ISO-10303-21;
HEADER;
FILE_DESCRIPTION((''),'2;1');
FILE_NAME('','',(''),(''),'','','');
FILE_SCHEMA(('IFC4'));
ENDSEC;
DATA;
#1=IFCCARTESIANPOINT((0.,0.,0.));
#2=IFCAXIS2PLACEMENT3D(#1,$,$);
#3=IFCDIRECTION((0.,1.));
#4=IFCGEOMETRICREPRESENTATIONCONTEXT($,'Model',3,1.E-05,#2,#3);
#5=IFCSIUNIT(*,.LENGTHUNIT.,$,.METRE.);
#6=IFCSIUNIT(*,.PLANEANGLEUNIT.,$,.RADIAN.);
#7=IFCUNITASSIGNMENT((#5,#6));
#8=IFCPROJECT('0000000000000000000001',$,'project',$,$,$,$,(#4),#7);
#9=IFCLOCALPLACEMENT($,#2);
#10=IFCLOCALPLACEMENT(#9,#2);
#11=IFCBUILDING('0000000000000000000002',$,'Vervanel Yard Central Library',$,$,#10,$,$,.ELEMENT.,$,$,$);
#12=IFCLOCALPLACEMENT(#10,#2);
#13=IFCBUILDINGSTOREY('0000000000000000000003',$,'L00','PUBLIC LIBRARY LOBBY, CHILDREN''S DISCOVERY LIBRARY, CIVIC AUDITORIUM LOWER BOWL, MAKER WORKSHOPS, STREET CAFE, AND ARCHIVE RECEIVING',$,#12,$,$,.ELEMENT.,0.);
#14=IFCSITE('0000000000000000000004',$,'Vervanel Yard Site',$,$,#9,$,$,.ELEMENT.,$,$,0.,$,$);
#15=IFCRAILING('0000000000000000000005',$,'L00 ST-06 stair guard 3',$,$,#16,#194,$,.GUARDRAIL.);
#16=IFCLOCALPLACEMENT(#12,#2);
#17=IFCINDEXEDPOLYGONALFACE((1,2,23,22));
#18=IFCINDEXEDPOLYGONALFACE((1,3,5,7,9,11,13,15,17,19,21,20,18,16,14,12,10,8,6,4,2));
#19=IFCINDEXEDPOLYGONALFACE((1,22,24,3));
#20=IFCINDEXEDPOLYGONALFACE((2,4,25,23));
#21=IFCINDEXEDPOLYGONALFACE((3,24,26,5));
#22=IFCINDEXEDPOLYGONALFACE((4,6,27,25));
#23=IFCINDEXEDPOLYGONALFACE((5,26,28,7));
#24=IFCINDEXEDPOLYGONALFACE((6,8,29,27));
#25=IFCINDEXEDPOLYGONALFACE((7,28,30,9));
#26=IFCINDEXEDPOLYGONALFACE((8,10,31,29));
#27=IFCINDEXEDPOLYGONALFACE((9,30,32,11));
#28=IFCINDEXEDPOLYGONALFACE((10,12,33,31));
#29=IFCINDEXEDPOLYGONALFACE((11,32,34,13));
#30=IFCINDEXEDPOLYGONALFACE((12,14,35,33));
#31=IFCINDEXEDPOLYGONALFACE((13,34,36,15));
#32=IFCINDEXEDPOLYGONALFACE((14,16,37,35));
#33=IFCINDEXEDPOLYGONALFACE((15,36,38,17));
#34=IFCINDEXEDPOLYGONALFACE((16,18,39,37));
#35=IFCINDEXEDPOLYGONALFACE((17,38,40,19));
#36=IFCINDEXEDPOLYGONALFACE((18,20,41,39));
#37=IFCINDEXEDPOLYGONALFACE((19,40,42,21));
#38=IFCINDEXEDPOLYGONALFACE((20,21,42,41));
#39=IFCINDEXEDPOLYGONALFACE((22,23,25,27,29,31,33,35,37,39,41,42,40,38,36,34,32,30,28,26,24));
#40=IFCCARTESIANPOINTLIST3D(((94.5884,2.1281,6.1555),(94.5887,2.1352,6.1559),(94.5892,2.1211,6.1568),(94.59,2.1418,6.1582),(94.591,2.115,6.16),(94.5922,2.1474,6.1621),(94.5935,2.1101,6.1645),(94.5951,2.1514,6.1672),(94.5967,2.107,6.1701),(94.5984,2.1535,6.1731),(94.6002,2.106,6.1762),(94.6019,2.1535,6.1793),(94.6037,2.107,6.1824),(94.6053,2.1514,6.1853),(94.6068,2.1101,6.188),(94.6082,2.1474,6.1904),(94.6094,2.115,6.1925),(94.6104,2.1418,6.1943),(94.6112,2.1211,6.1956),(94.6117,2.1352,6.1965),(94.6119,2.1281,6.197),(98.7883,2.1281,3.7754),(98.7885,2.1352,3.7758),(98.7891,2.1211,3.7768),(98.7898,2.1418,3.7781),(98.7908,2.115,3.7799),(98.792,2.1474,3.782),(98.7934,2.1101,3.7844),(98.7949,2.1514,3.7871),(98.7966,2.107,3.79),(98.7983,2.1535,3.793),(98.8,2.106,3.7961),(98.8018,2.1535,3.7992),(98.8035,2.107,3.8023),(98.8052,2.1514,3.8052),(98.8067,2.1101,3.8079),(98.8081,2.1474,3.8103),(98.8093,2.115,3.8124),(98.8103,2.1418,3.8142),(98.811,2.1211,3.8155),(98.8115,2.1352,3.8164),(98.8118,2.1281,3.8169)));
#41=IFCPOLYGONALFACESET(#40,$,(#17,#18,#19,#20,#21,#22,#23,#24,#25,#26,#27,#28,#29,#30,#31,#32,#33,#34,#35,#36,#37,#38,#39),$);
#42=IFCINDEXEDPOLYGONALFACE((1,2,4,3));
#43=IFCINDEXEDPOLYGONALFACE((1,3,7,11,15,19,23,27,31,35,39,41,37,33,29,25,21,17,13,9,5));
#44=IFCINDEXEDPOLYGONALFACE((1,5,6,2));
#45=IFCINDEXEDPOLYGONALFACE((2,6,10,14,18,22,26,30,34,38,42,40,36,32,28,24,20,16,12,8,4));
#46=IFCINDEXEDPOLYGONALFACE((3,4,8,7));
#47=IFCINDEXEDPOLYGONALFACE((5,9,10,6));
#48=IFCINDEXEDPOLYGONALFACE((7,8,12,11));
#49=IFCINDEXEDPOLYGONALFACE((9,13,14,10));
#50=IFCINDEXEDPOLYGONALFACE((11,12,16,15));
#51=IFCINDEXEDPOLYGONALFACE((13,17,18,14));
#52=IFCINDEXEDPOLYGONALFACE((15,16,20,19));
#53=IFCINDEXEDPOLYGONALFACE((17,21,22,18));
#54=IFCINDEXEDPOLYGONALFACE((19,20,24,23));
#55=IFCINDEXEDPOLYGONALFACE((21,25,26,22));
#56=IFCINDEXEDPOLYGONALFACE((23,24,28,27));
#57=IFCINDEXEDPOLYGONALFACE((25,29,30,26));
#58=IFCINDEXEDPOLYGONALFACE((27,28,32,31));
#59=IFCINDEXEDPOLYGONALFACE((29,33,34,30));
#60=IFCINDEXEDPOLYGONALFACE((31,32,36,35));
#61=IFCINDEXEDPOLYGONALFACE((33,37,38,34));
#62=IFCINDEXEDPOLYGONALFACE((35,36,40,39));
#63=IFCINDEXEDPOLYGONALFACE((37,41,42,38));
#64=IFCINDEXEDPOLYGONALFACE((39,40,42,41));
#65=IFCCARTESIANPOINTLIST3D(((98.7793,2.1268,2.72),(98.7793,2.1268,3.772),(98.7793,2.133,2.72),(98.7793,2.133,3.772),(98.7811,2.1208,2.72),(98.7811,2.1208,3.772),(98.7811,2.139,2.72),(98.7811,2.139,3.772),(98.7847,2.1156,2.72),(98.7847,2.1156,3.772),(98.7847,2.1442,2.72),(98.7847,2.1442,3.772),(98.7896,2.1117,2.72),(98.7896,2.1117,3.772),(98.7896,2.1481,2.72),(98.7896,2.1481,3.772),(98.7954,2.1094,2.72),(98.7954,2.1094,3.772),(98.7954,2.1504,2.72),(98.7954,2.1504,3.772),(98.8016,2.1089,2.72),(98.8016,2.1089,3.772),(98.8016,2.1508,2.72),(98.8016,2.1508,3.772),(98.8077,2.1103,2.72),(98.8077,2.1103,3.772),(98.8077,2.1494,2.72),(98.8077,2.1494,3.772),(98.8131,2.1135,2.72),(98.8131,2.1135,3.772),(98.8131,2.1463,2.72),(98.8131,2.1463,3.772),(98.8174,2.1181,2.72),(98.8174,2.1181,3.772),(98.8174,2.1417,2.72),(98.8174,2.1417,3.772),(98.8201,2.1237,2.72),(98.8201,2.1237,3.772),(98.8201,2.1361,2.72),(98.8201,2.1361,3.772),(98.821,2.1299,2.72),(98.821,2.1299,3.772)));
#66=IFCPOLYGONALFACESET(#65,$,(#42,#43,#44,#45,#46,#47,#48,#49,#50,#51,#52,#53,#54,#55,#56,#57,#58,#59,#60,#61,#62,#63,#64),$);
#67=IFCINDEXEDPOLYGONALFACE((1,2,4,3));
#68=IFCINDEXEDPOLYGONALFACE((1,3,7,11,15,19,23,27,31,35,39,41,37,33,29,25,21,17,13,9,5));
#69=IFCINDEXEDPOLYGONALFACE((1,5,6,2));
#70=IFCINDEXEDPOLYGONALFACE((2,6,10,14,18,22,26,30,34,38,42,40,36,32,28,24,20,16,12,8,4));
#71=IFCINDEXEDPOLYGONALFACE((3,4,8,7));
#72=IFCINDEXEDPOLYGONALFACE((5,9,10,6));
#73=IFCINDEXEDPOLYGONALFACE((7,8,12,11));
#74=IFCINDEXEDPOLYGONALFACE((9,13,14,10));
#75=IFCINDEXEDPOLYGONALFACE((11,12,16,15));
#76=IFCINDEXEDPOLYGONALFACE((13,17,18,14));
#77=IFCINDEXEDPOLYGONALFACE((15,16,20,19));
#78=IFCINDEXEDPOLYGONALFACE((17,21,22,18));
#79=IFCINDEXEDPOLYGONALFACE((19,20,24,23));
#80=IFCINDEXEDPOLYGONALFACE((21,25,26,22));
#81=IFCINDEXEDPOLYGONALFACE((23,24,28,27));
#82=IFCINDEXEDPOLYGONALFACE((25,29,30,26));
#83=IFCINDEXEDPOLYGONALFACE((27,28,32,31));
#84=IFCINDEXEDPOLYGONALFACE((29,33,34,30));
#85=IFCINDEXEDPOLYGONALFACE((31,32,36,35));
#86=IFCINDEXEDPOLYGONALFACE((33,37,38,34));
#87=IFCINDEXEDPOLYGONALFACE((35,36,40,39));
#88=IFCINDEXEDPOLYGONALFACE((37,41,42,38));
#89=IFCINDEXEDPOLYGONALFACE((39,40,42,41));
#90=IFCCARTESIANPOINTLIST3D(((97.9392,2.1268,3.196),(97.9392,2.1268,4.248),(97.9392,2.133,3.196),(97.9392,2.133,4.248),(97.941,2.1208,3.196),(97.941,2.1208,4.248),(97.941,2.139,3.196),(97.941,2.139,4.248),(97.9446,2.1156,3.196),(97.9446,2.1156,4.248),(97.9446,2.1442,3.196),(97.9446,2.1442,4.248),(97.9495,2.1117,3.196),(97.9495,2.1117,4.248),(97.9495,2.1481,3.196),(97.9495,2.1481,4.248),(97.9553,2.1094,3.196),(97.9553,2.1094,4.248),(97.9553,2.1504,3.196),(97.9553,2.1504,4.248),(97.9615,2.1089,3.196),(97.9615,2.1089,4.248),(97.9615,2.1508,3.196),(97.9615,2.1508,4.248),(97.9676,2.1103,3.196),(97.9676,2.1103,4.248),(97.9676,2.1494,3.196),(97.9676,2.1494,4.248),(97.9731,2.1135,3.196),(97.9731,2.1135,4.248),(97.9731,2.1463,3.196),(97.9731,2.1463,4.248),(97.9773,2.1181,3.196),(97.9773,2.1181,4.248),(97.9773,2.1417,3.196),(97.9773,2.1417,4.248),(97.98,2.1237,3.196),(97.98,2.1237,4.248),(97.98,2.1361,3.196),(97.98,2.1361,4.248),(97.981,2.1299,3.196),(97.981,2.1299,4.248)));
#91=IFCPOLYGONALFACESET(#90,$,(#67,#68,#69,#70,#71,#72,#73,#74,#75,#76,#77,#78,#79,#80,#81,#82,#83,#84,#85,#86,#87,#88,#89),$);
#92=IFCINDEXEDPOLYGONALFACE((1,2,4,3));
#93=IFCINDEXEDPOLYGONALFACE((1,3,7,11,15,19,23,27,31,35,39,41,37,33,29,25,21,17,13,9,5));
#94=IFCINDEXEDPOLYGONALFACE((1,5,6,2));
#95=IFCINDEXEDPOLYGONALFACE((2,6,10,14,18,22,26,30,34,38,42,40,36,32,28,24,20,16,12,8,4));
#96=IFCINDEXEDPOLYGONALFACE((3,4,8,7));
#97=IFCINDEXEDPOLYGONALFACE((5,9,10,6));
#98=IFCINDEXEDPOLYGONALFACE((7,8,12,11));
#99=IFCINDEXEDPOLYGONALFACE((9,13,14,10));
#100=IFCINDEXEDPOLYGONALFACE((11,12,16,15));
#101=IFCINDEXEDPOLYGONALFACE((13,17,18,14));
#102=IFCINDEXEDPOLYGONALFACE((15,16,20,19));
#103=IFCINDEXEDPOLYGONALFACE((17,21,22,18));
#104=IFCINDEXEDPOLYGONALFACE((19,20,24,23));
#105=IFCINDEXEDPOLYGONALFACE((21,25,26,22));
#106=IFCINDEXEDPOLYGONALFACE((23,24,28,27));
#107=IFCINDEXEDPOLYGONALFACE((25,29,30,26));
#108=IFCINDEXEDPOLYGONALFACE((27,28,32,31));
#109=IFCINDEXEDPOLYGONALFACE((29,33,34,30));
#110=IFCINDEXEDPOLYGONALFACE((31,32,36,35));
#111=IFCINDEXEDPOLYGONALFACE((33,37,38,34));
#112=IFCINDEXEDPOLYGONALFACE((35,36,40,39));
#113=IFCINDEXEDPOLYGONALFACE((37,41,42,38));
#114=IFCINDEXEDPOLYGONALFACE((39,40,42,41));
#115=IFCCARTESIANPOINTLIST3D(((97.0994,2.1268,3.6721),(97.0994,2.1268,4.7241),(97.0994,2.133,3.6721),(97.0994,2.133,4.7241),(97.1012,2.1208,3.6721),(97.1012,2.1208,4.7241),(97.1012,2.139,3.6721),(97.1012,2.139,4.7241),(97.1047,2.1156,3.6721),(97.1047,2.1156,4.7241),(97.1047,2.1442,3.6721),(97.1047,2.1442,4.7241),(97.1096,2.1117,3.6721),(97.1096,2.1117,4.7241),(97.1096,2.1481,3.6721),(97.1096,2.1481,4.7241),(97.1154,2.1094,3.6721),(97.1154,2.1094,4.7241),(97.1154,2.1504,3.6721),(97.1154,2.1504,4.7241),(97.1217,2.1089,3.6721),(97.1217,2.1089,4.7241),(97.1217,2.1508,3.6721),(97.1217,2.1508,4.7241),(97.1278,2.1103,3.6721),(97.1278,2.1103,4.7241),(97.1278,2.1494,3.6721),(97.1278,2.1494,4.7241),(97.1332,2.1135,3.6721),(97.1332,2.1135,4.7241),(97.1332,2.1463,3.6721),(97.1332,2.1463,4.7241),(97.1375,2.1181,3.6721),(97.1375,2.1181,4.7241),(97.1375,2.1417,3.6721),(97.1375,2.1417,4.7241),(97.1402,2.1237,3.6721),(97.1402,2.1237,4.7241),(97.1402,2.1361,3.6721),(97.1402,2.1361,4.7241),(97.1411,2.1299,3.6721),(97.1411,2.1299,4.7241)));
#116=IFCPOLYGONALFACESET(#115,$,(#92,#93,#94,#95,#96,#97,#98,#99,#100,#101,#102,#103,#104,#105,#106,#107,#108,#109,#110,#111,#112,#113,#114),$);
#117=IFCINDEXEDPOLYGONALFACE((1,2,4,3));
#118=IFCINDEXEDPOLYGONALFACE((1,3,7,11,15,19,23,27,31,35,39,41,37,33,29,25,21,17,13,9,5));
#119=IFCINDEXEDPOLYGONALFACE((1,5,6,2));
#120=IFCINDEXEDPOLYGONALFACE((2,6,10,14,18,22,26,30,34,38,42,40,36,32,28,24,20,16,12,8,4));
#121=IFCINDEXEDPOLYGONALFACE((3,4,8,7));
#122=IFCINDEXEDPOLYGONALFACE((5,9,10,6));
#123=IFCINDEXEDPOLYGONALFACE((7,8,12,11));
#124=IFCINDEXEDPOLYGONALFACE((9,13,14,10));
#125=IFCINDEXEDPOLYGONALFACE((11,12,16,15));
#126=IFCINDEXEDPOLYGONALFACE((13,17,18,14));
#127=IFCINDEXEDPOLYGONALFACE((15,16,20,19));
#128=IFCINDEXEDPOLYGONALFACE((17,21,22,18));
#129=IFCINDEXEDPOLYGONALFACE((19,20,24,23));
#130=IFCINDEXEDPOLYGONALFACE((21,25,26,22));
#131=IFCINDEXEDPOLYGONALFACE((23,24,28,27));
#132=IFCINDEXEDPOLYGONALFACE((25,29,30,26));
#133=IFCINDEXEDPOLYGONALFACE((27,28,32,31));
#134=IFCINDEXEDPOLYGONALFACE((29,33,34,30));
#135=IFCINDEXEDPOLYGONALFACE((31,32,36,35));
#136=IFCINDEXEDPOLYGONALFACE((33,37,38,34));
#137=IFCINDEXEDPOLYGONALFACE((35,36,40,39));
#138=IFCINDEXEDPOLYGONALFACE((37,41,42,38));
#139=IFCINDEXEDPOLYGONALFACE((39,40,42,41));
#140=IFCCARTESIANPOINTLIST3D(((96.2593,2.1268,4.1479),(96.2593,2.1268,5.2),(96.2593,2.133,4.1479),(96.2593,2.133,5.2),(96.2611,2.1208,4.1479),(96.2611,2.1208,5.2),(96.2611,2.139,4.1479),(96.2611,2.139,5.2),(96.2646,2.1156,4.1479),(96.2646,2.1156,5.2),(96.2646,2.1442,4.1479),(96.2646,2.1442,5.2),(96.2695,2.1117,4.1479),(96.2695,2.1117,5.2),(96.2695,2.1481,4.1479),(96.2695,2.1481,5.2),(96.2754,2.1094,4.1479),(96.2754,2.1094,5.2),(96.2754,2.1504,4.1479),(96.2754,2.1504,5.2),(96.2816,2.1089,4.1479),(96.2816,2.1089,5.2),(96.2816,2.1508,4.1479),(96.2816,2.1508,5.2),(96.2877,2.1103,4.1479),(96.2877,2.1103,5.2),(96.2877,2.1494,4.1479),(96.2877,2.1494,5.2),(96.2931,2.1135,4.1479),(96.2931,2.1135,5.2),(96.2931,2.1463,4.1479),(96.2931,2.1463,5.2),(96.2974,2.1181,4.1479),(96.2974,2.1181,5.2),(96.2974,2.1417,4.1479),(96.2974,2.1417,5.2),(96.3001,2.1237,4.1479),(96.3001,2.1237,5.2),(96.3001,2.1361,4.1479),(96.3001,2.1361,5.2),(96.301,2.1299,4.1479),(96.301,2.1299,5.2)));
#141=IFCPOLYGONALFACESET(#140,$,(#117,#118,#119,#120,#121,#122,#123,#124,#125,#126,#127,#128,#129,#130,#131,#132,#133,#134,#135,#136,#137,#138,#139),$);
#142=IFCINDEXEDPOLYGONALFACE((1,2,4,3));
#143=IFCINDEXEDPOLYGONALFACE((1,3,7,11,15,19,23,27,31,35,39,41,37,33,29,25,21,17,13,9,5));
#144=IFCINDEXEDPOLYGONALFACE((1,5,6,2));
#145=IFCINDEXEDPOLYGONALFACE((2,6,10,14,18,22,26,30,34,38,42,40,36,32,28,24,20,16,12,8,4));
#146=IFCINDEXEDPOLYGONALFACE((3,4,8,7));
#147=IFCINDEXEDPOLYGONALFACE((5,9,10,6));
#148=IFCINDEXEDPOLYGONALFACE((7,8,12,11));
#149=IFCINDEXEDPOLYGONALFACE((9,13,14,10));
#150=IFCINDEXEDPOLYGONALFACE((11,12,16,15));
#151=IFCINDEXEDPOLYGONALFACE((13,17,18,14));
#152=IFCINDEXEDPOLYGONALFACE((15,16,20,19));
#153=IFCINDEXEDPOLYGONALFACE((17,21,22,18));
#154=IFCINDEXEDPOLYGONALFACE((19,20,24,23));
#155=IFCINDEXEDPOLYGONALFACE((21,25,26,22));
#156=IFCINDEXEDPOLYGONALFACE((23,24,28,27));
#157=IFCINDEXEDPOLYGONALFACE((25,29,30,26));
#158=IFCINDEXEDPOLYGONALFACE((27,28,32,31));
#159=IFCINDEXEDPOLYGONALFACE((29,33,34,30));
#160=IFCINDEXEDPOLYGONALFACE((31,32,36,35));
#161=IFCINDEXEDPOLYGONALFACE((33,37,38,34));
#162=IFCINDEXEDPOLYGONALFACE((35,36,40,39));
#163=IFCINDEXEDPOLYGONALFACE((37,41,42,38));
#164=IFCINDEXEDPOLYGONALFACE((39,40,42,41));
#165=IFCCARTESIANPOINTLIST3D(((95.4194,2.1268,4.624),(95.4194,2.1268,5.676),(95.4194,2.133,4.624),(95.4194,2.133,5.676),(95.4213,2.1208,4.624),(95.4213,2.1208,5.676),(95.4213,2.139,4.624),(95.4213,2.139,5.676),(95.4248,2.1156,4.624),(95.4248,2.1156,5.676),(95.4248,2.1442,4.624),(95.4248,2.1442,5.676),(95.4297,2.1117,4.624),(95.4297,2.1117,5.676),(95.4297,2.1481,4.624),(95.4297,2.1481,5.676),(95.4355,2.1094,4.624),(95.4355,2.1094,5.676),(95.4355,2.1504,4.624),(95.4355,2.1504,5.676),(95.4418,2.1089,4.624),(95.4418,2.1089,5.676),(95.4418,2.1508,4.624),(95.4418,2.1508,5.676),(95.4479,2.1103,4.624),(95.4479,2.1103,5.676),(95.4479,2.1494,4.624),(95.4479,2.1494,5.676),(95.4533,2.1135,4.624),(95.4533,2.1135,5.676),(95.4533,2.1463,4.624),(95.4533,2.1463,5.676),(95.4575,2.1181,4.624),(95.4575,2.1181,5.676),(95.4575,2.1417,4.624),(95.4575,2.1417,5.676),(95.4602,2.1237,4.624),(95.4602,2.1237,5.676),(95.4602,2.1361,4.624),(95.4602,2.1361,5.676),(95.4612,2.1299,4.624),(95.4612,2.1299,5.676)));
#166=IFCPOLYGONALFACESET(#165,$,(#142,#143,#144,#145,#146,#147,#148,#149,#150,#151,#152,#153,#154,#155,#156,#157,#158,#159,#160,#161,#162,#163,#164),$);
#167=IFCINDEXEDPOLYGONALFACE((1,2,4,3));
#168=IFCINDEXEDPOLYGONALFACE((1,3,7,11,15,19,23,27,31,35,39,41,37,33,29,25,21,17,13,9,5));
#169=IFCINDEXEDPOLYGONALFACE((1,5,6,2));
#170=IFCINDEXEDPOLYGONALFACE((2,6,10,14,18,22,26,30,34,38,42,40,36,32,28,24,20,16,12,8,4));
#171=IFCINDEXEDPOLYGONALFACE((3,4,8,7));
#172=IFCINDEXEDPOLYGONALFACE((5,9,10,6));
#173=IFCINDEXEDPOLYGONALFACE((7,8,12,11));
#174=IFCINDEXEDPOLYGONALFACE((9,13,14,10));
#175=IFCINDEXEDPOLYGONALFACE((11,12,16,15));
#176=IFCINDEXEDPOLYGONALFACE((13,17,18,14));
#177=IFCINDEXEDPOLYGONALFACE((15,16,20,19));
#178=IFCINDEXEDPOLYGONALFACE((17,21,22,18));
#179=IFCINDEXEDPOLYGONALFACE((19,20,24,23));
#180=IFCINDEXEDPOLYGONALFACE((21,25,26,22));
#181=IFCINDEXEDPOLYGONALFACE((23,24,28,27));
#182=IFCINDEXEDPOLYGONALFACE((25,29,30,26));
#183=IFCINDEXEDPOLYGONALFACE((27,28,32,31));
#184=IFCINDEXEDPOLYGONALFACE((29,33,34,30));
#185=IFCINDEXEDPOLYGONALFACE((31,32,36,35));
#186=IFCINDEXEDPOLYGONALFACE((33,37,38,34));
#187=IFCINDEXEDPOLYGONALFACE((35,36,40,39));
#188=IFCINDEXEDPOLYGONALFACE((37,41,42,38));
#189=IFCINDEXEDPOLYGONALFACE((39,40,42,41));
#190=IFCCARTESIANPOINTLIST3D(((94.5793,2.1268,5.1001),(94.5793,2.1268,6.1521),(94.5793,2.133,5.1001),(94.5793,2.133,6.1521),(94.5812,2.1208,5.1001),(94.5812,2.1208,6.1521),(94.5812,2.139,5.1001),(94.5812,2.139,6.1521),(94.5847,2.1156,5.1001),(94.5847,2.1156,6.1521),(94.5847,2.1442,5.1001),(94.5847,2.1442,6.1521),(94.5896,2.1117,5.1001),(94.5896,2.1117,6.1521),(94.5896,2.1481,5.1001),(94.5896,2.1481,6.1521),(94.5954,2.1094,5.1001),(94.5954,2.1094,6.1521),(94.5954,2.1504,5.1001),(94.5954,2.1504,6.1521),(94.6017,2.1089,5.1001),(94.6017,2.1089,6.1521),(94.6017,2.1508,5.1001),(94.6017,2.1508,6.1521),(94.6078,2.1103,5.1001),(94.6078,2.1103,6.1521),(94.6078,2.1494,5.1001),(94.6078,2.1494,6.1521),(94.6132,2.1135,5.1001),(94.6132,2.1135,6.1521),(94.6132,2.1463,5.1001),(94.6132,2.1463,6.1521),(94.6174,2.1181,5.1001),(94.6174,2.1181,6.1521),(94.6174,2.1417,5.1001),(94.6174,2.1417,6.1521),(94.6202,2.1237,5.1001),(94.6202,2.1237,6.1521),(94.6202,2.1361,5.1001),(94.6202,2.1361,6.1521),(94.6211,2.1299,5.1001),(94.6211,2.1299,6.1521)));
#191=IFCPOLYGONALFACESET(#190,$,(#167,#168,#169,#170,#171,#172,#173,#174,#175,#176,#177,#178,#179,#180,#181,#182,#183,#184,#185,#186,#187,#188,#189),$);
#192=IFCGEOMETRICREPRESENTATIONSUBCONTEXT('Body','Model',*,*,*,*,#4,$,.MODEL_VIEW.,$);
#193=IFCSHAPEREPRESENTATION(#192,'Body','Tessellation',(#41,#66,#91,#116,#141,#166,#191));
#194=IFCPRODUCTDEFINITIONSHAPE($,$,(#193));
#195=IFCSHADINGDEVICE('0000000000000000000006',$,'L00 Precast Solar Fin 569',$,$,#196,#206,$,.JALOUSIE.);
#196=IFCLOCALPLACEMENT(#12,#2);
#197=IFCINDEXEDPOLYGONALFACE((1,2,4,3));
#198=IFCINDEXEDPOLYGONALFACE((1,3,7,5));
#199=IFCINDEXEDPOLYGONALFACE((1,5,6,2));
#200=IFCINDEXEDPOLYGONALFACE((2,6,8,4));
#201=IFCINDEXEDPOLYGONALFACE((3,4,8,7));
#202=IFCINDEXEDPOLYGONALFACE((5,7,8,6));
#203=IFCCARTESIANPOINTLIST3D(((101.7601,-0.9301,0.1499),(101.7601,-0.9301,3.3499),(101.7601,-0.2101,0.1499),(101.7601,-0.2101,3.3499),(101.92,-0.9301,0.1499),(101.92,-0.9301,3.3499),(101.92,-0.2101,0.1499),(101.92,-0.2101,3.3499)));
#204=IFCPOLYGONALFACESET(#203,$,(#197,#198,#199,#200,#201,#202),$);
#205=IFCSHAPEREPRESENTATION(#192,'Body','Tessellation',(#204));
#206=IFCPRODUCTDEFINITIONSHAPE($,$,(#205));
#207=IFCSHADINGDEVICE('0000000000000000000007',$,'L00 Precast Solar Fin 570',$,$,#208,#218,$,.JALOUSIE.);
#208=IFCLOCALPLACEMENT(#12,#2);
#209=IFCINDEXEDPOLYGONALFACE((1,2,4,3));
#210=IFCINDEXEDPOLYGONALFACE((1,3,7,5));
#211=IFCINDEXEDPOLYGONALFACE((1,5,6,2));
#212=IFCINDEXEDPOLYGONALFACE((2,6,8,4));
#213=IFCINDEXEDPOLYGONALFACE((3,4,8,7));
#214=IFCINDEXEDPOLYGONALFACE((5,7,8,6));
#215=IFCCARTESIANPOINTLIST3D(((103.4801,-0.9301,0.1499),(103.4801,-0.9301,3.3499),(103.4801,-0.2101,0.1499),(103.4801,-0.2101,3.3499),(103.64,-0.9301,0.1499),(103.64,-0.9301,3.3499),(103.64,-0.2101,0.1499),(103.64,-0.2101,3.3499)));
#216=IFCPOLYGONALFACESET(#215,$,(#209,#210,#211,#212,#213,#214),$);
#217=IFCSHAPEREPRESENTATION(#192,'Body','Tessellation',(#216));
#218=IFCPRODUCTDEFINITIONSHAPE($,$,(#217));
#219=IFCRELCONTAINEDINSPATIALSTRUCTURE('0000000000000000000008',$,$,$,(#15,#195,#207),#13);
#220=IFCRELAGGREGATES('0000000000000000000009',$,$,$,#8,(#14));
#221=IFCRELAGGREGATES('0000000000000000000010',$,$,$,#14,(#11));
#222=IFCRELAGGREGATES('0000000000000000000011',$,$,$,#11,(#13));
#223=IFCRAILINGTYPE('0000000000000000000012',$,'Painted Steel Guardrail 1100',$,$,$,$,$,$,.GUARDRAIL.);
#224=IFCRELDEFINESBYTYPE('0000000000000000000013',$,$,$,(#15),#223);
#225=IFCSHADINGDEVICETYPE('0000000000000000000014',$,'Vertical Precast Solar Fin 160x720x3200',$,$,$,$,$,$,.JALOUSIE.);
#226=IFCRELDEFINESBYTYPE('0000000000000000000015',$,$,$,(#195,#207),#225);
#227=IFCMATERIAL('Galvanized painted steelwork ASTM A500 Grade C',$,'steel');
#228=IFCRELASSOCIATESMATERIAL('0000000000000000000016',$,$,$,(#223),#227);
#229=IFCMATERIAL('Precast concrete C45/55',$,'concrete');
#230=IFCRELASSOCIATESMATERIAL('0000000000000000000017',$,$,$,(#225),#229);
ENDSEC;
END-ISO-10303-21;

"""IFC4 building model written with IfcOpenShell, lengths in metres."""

from ifc_helpers import new_model, si_unit, direction, frame, origin, origin_2d, place, context, subcontext, project, spatial, rectangle, circle, extrude, material, type_object, element, save


model = new_model("IFC4")

# Units and contexts
model_context = context("Model", 3, precision=1e-05, world=origin(), true_north=direction((0.0, 1.0)))
body_context = subcontext(model_context, "Body", "Model", "MODEL_VIEW")
ifc_project = project(units=[si_unit("LENGTHUNIT", "METRE"), si_unit("PLANEANGLEUNIT", "RADIAN")], contexts=[model_context])

# Site, building, storey
site_placement = place(None, origin())
site = spatial("IfcSite", under=ifc_project, at=site_placement, Name="Vervanel Yard Site", CompositionType="ELEMENT", RefElevation=0.0)
building_placement = place(site_placement, origin())
building = spatial("IfcBuilding", under=site, at=building_placement, Name="Vervanel Yard Central Library", CompositionType="ELEMENT")
storey_placement = place(building_placement, origin())
storey = spatial("IfcBuildingStorey", under=building, at=storey_placement, Name="L00", Description="PUBLIC LIBRARY LOBBY, CHILDREN'S DISCOVERY LIBRARY, CIVIC AUDITORIUM LOWER BOWL, MAKER WORKSHOPS, STREET CAFE, AND ARCHIVE RECEIVING", CompositionType="ELEMENT", Elevation=0.0)

# Shared definitions
ifc_material_1 = material(Name="Galvanized painted steelwork ASTM A500 Grade C", Category="steel")

# Shared definitions
ifc_material_2 = material(Name="Precast concrete C45/55", Category="concrete")

# Railing
railing_type_1 = type_object("IfcRailingType", Name="Painted Steel Guardrail 1100", PredefinedType="GUARDRAIL", material=ifc_material_1)
railing_1_placement = place(storey_placement, frame((98.8, 2.1299, 2.72)))
element("IfcRailing", 1, at=railing_1_placement, inside=storey, type_object=railing_type_1, Name="L00 ST-06 stair guard 3", PredefinedType="GUARDRAIL", context=body_context, shape_type="SweptSolid", body=[
    extrude(circle(Radius=0.0239, at=origin_2d()), frame((0.0, 0.0, 1.0762), z_axis=(-0.870008, 0.0, 0.493037), x_axis=(0.0, -1.0, 0.0)), (0.0, 0.0, 1.0), 4.8274),
    extrude(circle(Radius=0.021, at=origin_2d()), origin(), (0.0, 0.0, 1.0), 1.052),
    extrude(circle(Radius=0.021, at=origin_2d()), frame((-0.8401, 0.0, 0.4761)), (0.0, 0.0, 1.0), 1.052),
    extrude(circle(Radius=0.021, at=origin_2d()), frame((-1.6799, 0.0, 0.9521)), (0.0, 0.0, 1.0), 1.052),
    extrude(circle(Radius=0.021, at=origin_2d()), frame((-2.52, 0.0, 1.428)), (0.0, 0.0, 1.0), 1.052),
    extrude(circle(Radius=0.021, at=origin_2d()), frame((-3.3599, 0.0, 1.9041)), (0.0, 0.0, 1.0), 1.052),
    extrude(circle(Radius=0.021, at=origin_2d()), frame((-4.2, 0.0, 2.3801)), (0.0, 0.0, 1.0), 1.052),
])

# Shading devices
shading_device_type_1 = type_object("IfcShadingDeviceType", Name="Vertical Precast Solar Fin 160x720x3200", PredefinedType="JALOUSIE", material=ifc_material_2)
for number, where, z_axis, x_axis, name in (
    (2, (101.8401, -0.5701, 0.1499), (0.0, 0.0, 1.0), (1.0, 0.0, 0.0), "L00 Precast Solar Fin 569"),
    (3, (103.5601, -0.5701, 0.1499), (0.0, 0.0, 1.0), (1.0, 0.0, 0.0), "L00 Precast Solar Fin 570"),
):
    element("IfcShadingDevice", number, at=place(storey_placement, frame(where, z_axis=z_axis, x_axis=x_axis)), inside=storey, type_object=shading_device_type_1, Name=name, PredefinedType="JALOUSIE", context=body_context, shape_type="SweptSolid", body=[
        extrude(rectangle(XDim=0.1599, YDim=0.72, at=origin_2d()), origin(), (0.0, 0.0, 1.0), 3.2),
    ])

save(model, "model.ifc")
